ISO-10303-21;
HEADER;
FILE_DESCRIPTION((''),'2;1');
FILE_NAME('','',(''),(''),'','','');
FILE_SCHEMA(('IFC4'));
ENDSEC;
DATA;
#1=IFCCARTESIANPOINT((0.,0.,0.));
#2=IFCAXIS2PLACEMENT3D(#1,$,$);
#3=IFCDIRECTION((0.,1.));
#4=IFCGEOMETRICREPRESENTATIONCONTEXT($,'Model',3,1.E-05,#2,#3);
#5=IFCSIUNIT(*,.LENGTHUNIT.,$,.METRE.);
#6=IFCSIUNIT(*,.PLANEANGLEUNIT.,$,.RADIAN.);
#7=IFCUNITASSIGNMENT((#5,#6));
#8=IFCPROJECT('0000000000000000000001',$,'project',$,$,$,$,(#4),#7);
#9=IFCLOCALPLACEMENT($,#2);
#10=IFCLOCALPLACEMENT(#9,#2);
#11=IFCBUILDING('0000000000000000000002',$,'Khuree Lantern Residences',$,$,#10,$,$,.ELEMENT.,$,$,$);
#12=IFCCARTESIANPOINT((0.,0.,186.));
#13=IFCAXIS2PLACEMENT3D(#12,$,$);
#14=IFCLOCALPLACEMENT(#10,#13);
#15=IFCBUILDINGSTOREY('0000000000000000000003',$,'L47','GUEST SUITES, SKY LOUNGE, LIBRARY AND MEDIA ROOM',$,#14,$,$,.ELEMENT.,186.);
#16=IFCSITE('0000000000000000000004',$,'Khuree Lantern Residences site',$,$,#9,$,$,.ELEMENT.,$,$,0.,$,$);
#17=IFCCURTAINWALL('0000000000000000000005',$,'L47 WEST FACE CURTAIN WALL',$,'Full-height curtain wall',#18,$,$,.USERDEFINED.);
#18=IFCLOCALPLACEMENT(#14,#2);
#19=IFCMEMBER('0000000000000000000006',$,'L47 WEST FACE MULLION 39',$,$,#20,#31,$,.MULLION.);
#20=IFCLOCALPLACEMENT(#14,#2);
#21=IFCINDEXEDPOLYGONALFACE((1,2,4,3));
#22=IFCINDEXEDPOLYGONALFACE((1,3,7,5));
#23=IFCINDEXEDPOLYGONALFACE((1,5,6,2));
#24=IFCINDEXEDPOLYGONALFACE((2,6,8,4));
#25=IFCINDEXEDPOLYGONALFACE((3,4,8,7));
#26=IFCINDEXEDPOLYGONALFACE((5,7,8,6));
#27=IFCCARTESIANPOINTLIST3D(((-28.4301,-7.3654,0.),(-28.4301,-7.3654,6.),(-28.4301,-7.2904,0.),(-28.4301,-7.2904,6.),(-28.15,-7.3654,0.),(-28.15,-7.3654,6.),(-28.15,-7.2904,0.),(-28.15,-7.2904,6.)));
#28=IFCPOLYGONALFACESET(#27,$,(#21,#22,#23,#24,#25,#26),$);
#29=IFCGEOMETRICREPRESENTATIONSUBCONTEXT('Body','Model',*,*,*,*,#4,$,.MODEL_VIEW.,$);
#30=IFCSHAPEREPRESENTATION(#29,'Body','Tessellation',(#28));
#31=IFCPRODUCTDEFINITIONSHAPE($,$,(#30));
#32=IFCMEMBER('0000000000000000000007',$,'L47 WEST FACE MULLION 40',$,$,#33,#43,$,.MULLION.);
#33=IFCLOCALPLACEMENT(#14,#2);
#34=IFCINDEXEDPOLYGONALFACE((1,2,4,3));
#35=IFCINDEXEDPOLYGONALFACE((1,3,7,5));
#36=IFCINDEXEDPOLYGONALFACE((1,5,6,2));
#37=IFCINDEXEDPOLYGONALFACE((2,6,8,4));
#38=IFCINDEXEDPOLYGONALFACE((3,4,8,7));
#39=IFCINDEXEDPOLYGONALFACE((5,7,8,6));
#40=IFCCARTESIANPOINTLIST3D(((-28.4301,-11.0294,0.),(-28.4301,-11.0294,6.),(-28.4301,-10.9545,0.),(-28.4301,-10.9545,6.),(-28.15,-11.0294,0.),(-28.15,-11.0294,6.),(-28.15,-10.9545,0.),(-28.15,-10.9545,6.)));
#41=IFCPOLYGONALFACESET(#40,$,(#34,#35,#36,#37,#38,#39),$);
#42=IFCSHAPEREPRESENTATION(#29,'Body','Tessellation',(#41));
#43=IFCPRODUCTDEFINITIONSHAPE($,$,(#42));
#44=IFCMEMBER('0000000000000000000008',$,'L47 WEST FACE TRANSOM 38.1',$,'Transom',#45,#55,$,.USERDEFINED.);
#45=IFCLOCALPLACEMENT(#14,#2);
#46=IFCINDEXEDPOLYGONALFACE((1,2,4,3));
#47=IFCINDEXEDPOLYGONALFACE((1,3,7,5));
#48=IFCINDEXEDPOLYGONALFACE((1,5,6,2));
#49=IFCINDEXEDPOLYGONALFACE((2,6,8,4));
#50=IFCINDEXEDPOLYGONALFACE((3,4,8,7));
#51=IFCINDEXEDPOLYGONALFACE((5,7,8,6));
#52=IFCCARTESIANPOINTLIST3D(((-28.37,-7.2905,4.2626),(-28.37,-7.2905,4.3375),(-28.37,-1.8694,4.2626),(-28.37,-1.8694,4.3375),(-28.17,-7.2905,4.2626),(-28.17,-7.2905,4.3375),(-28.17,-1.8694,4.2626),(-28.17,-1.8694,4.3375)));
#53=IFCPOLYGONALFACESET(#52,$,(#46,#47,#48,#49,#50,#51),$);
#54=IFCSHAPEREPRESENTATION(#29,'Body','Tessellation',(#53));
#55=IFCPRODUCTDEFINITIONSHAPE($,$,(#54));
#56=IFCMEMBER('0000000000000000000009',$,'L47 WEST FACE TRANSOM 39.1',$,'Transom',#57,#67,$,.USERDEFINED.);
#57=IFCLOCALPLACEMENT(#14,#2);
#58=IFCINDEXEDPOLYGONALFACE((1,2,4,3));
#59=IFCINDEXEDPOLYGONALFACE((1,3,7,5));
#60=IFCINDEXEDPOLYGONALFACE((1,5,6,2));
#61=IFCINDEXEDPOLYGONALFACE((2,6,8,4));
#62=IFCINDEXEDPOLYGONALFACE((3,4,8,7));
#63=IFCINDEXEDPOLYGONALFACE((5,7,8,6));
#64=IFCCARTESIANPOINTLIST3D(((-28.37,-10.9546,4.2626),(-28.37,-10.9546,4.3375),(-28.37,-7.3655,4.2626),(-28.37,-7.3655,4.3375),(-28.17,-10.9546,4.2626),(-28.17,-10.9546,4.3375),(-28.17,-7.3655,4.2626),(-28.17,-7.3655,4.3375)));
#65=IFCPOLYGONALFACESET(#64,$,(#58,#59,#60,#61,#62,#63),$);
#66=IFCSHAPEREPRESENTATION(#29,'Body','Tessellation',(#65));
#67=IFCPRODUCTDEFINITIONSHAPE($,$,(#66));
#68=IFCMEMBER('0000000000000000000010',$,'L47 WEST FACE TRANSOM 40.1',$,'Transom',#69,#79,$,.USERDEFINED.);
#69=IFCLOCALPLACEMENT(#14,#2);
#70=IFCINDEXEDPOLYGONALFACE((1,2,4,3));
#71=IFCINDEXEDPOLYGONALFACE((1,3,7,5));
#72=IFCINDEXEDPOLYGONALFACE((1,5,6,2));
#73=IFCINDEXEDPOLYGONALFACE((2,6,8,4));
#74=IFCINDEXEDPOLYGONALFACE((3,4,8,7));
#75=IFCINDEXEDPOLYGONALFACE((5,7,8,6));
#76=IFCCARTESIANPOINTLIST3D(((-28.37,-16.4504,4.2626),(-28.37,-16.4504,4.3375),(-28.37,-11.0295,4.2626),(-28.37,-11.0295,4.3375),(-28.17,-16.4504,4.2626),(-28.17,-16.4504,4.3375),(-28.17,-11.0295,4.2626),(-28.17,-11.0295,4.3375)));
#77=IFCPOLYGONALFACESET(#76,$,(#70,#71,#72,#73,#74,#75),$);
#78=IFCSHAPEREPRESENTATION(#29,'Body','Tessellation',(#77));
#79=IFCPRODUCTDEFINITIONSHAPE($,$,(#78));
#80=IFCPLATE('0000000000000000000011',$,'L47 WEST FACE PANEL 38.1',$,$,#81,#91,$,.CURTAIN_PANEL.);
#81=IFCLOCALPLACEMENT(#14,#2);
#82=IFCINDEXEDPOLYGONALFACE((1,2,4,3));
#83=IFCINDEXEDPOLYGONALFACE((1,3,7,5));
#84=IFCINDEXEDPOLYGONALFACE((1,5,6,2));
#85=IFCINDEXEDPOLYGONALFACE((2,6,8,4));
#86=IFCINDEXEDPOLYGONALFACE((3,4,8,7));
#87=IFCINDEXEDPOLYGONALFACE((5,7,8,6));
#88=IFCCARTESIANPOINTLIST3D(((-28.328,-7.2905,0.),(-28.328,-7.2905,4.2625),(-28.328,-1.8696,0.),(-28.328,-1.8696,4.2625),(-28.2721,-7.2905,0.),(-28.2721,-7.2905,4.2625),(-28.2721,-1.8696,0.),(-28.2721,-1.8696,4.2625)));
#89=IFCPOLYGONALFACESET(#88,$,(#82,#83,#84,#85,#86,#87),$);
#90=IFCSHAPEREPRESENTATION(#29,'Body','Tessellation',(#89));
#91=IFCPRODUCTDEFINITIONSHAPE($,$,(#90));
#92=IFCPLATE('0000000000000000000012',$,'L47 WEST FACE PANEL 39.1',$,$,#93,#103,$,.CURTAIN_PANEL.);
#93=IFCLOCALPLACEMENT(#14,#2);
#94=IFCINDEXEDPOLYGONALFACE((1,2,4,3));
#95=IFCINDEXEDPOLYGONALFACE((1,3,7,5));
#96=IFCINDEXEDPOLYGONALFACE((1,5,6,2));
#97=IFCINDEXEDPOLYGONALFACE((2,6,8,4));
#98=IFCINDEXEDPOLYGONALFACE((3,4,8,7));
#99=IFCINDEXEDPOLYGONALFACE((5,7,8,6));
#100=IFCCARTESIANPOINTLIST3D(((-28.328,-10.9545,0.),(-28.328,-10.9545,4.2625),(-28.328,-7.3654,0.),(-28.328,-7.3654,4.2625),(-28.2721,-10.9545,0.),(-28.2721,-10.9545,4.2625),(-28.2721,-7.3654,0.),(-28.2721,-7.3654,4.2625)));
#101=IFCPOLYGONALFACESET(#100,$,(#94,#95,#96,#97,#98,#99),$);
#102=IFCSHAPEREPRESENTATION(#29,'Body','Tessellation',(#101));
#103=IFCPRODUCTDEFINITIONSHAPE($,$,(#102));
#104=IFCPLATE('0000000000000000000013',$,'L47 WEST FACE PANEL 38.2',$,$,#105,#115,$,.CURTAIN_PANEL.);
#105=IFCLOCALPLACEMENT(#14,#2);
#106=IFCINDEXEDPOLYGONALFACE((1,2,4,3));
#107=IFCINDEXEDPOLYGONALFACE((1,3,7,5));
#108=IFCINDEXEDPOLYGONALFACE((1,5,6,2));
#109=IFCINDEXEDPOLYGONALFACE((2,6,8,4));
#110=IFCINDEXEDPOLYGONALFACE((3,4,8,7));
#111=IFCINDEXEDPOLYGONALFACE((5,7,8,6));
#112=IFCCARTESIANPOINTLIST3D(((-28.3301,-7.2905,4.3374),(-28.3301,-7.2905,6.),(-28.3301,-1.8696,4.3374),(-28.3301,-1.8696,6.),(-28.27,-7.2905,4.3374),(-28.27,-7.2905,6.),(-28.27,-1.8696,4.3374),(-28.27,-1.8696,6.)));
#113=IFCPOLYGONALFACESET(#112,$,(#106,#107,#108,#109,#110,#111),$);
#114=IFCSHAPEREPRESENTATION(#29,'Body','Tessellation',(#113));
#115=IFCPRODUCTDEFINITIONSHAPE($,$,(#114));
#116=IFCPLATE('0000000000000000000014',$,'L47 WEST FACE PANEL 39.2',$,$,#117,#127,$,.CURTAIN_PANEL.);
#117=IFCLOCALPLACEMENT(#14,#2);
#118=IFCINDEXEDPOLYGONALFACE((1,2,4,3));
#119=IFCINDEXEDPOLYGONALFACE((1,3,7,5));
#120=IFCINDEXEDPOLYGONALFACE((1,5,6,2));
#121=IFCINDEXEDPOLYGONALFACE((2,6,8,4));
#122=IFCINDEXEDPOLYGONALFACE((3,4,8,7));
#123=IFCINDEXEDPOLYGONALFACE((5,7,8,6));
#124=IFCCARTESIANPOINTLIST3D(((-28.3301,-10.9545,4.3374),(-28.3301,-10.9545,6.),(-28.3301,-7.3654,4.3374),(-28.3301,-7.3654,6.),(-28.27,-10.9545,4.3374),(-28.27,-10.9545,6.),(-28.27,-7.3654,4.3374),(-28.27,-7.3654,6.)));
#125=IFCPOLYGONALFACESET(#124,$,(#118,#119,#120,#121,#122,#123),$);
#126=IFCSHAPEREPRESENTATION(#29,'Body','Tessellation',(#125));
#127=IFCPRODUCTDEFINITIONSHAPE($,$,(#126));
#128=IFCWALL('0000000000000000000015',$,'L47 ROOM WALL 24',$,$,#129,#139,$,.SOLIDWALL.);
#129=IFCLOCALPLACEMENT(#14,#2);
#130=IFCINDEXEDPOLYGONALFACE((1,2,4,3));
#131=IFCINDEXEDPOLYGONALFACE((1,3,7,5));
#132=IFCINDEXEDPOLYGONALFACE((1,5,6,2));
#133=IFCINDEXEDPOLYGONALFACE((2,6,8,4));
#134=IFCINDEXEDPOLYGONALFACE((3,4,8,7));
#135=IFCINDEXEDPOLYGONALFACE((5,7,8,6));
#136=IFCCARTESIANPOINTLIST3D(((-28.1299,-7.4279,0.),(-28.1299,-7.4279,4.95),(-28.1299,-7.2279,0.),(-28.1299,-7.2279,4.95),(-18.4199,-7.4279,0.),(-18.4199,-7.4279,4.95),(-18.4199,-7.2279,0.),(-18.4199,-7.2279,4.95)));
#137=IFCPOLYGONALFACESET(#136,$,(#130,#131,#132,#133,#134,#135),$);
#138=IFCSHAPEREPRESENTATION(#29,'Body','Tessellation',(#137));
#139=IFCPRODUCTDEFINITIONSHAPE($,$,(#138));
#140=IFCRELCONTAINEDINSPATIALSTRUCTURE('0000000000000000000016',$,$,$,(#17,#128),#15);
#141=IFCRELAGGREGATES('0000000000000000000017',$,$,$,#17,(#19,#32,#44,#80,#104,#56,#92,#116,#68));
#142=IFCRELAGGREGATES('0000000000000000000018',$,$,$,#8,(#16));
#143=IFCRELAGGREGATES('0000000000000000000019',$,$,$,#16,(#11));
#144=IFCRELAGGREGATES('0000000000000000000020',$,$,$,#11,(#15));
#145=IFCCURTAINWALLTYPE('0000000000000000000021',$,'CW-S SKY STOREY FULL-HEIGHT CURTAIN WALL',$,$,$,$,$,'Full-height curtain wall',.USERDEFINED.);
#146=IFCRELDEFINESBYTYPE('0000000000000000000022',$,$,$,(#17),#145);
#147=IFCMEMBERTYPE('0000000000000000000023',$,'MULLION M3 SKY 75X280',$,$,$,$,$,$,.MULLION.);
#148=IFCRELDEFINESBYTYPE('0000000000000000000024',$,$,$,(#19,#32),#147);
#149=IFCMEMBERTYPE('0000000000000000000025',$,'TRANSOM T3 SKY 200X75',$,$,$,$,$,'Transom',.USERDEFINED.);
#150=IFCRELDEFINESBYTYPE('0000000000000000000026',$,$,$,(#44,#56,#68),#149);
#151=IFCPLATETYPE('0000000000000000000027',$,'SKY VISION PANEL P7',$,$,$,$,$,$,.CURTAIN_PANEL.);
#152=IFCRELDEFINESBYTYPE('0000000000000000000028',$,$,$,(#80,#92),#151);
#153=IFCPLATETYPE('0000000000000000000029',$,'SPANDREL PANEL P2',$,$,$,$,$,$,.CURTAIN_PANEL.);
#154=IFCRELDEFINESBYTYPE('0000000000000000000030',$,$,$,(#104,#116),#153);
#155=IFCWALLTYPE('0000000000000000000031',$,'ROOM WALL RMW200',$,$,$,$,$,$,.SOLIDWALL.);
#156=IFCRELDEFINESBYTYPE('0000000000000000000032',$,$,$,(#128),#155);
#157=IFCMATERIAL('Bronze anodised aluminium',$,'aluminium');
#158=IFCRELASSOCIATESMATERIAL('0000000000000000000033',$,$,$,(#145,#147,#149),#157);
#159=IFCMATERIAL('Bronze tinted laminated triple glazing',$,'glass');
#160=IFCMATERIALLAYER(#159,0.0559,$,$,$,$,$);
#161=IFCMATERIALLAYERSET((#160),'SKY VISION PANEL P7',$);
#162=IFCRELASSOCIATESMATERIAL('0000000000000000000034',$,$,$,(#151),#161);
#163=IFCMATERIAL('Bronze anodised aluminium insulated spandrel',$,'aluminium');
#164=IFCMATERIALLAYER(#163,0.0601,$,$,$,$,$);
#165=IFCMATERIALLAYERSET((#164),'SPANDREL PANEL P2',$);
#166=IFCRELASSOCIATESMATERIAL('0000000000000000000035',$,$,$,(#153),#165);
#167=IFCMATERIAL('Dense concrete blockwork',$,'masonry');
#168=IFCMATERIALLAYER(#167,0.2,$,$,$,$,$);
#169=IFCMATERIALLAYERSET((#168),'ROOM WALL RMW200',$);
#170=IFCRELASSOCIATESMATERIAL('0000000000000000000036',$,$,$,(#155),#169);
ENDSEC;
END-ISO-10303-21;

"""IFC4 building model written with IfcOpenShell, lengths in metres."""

from ifc_helpers import new_model, si_unit, direction, frame, frame_2d, origin, origin_2d, place, context, subcontext, project, spatial, rectangle, extrude, material, layer, layer_set, material_profile, profile_set, type_object, element, aggregate, save


model = new_model("IFC4")

# Units and contexts
model_context = context("Model", 3, precision=1e-05, world=origin(), true_north=direction((0.0, 1.0)))
body_context = subcontext(model_context, "Body", "Model", "MODEL_VIEW")
ifc_project = project(units=[si_unit("LENGTHUNIT", "METRE"), si_unit("PLANEANGLEUNIT", "RADIAN")], contexts=[model_context])

# Site, building, storey
site_placement = place(None, origin())
site = spatial("IfcSite", under=ifc_project, at=site_placement, Name="Khuree Lantern Residences site", CompositionType="ELEMENT", RefElevation=0.0)
building_placement = place(site_placement, origin())
building = spatial("IfcBuilding", under=site, at=building_placement, Name="Khuree Lantern Residences", CompositionType="ELEMENT")
storey_placement = place(building_placement, frame((0.0, 0.0, 186.0)))
storey = spatial("IfcBuildingStorey", under=building, at=storey_placement, Name="L47", Description="GUEST SUITES, SKY LOUNGE, LIBRARY AND MEDIA ROOM", CompositionType="ELEMENT", Elevation=186.0)

# Curtain wall, members, plates
ifc_material_1 = material(Name="Bronze anodised aluminium", Category="aluminium")
curtain_wall_type = type_object("IfcCurtainWallType", Name="CW-S SKY STOREY FULL-HEIGHT CURTAIN WALL", ElementType="Full-height curtain wall", PredefinedType="USERDEFINED", material=ifc_material_1)
curtain_wall_placement = place(storey_placement, origin())
curtain_wall = element("IfcCurtainWall", 1, at=curtain_wall_placement, inside=storey, type_object=curtain_wall_type, Name="L47 WEST FACE CURTAIN WALL", ObjectType="Full-height curtain wall", PredefinedType="USERDEFINED")
ifc_material_profile_1 = material_profile(ifc_material_1, rectangle(XDim=0.075, YDim=0.28, at=origin_2d()), Name="M3 75X280")
ifc_profile_set_1 = profile_set([ifc_material_profile_1], Name="Bronze anodised aluminium")
member_type_1 = type_object("IfcMemberType", Name="MULLION M3 SKY 75X280", PredefinedType="MULLION", material=ifc_profile_set_1)
member_1_placement = place(storey_placement, frame((-28.29, -7.3279, 0.0), z_axis=(0.0, 0.0, 1.0), x_axis=(0.0, -1.0, 0.0)))
member_1 = element("IfcMember", 2, at=member_1_placement, type_object=member_type_1, Name="L47 WEST FACE MULLION 39", PredefinedType="MULLION", context=body_context, shape_type="SweptSolid", body=[
    extrude(rectangle(XDim=0.075, YDim=0.28, at=origin_2d()), origin(), (0.0, 0.0, 1.0), 6.0),
])
member_2_placement = place(storey_placement, frame((-28.29, -10.9919, 0.0), z_axis=(0.0, 0.0, 1.0), x_axis=(0.0, -1.0, 0.0)))
member_2 = element("IfcMember", 3, at=member_2_placement, type_object=member_type_1, Name="L47 WEST FACE MULLION 40", PredefinedType="MULLION", context=body_context, shape_type="SweptSolid", body=[
    extrude(rectangle(XDim=0.075, YDim=0.28, at=origin_2d()), origin(), (0.0, 0.0, 1.0), 6.0),
])
ifc_material_profile_2 = material_profile(ifc_material_1, rectangle(XDim=0.2, YDim=0.075, at=origin_2d()), Name="T3 200X75")
ifc_profile_set_2 = profile_set([ifc_material_profile_2], Name="Bronze anodised aluminium")
member_type_2 = type_object("IfcMemberType", Name="TRANSOM T3 SKY 200X75", ElementType="Transom", PredefinedType="USERDEFINED", material=ifc_profile_set_2)
member_3_placement = place(storey_placement, frame((-28.27, -1.8694, 4.3), z_axis=(0.0, -1.0, 0.0), x_axis=(1.0, 0.0, 0.0)))
member_3 = element("IfcMember", 4, at=member_3_placement, type_object=member_type_2, Name="L47 WEST FACE TRANSOM 38.1", ObjectType="Transom", PredefinedType="USERDEFINED", context=body_context, shape_type="SweptSolid", body=[
    extrude(rectangle(XDim=0.2, YDim=0.075, at=origin_2d()), origin(), (0.0, 0.0, 1.0), 5.4211),
])
member_4_placement = place(storey_placement, frame((-28.27, -7.3655, 4.3), z_axis=(0.0, -1.0, 0.0), x_axis=(1.0, 0.0, 0.0)))
member_4 = element("IfcMember", 5, at=member_4_placement, type_object=member_type_2, Name="L47 WEST FACE TRANSOM 39.1", ObjectType="Transom", PredefinedType="USERDEFINED", context=body_context, shape_type="SweptSolid", body=[
    extrude(rectangle(XDim=0.2, YDim=0.075, at=origin_2d()), origin(), (0.0, 0.0, 1.0), 3.5891),
])
member_5_placement = place(storey_placement, frame((-28.27, -11.0295, 4.3), z_axis=(0.0, -1.0, 0.0), x_axis=(1.0, 0.0, 0.0)))
member_5 = element("IfcMember", 6, at=member_5_placement, type_object=member_type_2, Name="L47 WEST FACE TRANSOM 40.1", ObjectType="Transom", PredefinedType="USERDEFINED", context=body_context, shape_type="SweptSolid", body=[
    extrude(rectangle(XDim=0.2, YDim=0.075, at=origin_2d()), origin(), (0.0, 0.0, 1.0), 5.4209),
])
ifc_material_2 = material(Name="Bronze tinted laminated triple glazing", Category="glass")
ifc_layer_1 = layer(ifc_material_2, 0.0559)
ifc_layer_set_1 = layer_set([ifc_layer_1], Name="SKY VISION PANEL P7")
plate_type_1 = type_object("IfcPlateType", Name="SKY VISION PANEL P7", PredefinedType="CURTAIN_PANEL", material=ifc_layer_set_1)
plate_1_placement = place(storey_placement, frame((-28.3, -4.5801, 0.0), z_axis=(0.0, 0.0, 1.0), x_axis=(0.0, -1.0, 0.0)))
plate_1 = element("IfcPlate", 7, at=plate_1_placement, type_object=plate_type_1, Name="L47 WEST FACE PANEL 38.1", PredefinedType="CURTAIN_PANEL", context=body_context, shape_type="SweptSolid", body=[
    extrude(rectangle(XDim=5.4209, YDim=0.0559, at=origin_2d()), origin(), (0.0, 0.0, 1.0), 4.2625),
])
plate_2_placement = place(storey_placement, frame((-28.3, -9.1599, 0.0), z_axis=(0.0, 0.0, 1.0), x_axis=(0.0, -1.0, 0.0)))
plate_2 = element("IfcPlate", 8, at=plate_2_placement, type_object=plate_type_1, Name="L47 WEST FACE PANEL 39.1", PredefinedType="CURTAIN_PANEL", context=body_context, shape_type="SweptSolid", body=[
    extrude(rectangle(XDim=3.5891, YDim=0.0559, at=origin_2d()), origin(), (0.0, 0.0, 1.0), 4.2625),
])
ifc_material_3 = material(Name="Bronze anodised aluminium insulated spandrel", Category="aluminium")
ifc_layer_2 = layer(ifc_material_3, 0.0601)
ifc_layer_set_2 = layer_set([ifc_layer_2], Name="SPANDREL PANEL P2")
plate_type_2 = type_object("IfcPlateType", Name="SPANDREL PANEL P2", PredefinedType="CURTAIN_PANEL", material=ifc_layer_set_2)
plate_3_placement = place(storey_placement, frame((-28.3, -4.5801, 4.3374), z_axis=(0.0, 0.0, 1.0), x_axis=(0.0, -1.0, 0.0)))
plate_3 = element("IfcPlate", 9, at=plate_3_placement, type_object=plate_type_2, Name="L47 WEST FACE PANEL 38.2", PredefinedType="CURTAIN_PANEL", context=body_context, shape_type="SweptSolid", body=[
    extrude(rectangle(XDim=5.4209, YDim=0.0601, at=origin_2d()), origin(), (0.0, 0.0, 1.0), 1.6626),
])
plate_4_placement = place(storey_placement, frame((-28.3, -9.1599, 4.3374), z_axis=(0.0, 0.0, 1.0), x_axis=(0.0, -1.0, 0.0)))
plate_4 = element("IfcPlate", 10, at=plate_4_placement, type_object=plate_type_2, Name="L47 WEST FACE PANEL 39.2", PredefinedType="CURTAIN_PANEL", context=body_context, shape_type="SweptSolid", body=[
    extrude(rectangle(XDim=3.5891, YDim=0.0601, at=origin_2d()), origin(), (0.0, 0.0, 1.0), 1.6626),
])
aggregate(curtain_wall, [member_1, member_2, member_3, plate_1, plate_3, member_4, plate_2, plate_4, member_5])

# Wall
ifc_material_4 = material(Name="Dense concrete blockwork", Category="masonry")
ifc_layer_3 = layer(ifc_material_4, 0.2)
ifc_layer_set_3 = layer_set([ifc_layer_3], Name="ROOM WALL RMW200")
wall_type = type_object("IfcWallType", Name="ROOM WALL RMW200", PredefinedType="SOLIDWALL", material=ifc_layer_set_3)
wall_placement = place(storey_placement, frame((-28.1299, -7.3279, 0.0), z_axis=(0.0, 0.0, 1.0), x_axis=(1.0, 0.0, 0.0)))
element("IfcWall", 11, at=wall_placement, inside=storey, type_object=wall_type, Name="L47 ROOM WALL 24", PredefinedType="SOLIDWALL", context=body_context, shape_type="SweptSolid", body=[
    extrude(rectangle(XDim=9.71, YDim=0.2, at=frame_2d((4.855, 0.0))), origin(), (0.0, 0.0, 1.0), 4.95),
])

save(model, "model.ifc")
